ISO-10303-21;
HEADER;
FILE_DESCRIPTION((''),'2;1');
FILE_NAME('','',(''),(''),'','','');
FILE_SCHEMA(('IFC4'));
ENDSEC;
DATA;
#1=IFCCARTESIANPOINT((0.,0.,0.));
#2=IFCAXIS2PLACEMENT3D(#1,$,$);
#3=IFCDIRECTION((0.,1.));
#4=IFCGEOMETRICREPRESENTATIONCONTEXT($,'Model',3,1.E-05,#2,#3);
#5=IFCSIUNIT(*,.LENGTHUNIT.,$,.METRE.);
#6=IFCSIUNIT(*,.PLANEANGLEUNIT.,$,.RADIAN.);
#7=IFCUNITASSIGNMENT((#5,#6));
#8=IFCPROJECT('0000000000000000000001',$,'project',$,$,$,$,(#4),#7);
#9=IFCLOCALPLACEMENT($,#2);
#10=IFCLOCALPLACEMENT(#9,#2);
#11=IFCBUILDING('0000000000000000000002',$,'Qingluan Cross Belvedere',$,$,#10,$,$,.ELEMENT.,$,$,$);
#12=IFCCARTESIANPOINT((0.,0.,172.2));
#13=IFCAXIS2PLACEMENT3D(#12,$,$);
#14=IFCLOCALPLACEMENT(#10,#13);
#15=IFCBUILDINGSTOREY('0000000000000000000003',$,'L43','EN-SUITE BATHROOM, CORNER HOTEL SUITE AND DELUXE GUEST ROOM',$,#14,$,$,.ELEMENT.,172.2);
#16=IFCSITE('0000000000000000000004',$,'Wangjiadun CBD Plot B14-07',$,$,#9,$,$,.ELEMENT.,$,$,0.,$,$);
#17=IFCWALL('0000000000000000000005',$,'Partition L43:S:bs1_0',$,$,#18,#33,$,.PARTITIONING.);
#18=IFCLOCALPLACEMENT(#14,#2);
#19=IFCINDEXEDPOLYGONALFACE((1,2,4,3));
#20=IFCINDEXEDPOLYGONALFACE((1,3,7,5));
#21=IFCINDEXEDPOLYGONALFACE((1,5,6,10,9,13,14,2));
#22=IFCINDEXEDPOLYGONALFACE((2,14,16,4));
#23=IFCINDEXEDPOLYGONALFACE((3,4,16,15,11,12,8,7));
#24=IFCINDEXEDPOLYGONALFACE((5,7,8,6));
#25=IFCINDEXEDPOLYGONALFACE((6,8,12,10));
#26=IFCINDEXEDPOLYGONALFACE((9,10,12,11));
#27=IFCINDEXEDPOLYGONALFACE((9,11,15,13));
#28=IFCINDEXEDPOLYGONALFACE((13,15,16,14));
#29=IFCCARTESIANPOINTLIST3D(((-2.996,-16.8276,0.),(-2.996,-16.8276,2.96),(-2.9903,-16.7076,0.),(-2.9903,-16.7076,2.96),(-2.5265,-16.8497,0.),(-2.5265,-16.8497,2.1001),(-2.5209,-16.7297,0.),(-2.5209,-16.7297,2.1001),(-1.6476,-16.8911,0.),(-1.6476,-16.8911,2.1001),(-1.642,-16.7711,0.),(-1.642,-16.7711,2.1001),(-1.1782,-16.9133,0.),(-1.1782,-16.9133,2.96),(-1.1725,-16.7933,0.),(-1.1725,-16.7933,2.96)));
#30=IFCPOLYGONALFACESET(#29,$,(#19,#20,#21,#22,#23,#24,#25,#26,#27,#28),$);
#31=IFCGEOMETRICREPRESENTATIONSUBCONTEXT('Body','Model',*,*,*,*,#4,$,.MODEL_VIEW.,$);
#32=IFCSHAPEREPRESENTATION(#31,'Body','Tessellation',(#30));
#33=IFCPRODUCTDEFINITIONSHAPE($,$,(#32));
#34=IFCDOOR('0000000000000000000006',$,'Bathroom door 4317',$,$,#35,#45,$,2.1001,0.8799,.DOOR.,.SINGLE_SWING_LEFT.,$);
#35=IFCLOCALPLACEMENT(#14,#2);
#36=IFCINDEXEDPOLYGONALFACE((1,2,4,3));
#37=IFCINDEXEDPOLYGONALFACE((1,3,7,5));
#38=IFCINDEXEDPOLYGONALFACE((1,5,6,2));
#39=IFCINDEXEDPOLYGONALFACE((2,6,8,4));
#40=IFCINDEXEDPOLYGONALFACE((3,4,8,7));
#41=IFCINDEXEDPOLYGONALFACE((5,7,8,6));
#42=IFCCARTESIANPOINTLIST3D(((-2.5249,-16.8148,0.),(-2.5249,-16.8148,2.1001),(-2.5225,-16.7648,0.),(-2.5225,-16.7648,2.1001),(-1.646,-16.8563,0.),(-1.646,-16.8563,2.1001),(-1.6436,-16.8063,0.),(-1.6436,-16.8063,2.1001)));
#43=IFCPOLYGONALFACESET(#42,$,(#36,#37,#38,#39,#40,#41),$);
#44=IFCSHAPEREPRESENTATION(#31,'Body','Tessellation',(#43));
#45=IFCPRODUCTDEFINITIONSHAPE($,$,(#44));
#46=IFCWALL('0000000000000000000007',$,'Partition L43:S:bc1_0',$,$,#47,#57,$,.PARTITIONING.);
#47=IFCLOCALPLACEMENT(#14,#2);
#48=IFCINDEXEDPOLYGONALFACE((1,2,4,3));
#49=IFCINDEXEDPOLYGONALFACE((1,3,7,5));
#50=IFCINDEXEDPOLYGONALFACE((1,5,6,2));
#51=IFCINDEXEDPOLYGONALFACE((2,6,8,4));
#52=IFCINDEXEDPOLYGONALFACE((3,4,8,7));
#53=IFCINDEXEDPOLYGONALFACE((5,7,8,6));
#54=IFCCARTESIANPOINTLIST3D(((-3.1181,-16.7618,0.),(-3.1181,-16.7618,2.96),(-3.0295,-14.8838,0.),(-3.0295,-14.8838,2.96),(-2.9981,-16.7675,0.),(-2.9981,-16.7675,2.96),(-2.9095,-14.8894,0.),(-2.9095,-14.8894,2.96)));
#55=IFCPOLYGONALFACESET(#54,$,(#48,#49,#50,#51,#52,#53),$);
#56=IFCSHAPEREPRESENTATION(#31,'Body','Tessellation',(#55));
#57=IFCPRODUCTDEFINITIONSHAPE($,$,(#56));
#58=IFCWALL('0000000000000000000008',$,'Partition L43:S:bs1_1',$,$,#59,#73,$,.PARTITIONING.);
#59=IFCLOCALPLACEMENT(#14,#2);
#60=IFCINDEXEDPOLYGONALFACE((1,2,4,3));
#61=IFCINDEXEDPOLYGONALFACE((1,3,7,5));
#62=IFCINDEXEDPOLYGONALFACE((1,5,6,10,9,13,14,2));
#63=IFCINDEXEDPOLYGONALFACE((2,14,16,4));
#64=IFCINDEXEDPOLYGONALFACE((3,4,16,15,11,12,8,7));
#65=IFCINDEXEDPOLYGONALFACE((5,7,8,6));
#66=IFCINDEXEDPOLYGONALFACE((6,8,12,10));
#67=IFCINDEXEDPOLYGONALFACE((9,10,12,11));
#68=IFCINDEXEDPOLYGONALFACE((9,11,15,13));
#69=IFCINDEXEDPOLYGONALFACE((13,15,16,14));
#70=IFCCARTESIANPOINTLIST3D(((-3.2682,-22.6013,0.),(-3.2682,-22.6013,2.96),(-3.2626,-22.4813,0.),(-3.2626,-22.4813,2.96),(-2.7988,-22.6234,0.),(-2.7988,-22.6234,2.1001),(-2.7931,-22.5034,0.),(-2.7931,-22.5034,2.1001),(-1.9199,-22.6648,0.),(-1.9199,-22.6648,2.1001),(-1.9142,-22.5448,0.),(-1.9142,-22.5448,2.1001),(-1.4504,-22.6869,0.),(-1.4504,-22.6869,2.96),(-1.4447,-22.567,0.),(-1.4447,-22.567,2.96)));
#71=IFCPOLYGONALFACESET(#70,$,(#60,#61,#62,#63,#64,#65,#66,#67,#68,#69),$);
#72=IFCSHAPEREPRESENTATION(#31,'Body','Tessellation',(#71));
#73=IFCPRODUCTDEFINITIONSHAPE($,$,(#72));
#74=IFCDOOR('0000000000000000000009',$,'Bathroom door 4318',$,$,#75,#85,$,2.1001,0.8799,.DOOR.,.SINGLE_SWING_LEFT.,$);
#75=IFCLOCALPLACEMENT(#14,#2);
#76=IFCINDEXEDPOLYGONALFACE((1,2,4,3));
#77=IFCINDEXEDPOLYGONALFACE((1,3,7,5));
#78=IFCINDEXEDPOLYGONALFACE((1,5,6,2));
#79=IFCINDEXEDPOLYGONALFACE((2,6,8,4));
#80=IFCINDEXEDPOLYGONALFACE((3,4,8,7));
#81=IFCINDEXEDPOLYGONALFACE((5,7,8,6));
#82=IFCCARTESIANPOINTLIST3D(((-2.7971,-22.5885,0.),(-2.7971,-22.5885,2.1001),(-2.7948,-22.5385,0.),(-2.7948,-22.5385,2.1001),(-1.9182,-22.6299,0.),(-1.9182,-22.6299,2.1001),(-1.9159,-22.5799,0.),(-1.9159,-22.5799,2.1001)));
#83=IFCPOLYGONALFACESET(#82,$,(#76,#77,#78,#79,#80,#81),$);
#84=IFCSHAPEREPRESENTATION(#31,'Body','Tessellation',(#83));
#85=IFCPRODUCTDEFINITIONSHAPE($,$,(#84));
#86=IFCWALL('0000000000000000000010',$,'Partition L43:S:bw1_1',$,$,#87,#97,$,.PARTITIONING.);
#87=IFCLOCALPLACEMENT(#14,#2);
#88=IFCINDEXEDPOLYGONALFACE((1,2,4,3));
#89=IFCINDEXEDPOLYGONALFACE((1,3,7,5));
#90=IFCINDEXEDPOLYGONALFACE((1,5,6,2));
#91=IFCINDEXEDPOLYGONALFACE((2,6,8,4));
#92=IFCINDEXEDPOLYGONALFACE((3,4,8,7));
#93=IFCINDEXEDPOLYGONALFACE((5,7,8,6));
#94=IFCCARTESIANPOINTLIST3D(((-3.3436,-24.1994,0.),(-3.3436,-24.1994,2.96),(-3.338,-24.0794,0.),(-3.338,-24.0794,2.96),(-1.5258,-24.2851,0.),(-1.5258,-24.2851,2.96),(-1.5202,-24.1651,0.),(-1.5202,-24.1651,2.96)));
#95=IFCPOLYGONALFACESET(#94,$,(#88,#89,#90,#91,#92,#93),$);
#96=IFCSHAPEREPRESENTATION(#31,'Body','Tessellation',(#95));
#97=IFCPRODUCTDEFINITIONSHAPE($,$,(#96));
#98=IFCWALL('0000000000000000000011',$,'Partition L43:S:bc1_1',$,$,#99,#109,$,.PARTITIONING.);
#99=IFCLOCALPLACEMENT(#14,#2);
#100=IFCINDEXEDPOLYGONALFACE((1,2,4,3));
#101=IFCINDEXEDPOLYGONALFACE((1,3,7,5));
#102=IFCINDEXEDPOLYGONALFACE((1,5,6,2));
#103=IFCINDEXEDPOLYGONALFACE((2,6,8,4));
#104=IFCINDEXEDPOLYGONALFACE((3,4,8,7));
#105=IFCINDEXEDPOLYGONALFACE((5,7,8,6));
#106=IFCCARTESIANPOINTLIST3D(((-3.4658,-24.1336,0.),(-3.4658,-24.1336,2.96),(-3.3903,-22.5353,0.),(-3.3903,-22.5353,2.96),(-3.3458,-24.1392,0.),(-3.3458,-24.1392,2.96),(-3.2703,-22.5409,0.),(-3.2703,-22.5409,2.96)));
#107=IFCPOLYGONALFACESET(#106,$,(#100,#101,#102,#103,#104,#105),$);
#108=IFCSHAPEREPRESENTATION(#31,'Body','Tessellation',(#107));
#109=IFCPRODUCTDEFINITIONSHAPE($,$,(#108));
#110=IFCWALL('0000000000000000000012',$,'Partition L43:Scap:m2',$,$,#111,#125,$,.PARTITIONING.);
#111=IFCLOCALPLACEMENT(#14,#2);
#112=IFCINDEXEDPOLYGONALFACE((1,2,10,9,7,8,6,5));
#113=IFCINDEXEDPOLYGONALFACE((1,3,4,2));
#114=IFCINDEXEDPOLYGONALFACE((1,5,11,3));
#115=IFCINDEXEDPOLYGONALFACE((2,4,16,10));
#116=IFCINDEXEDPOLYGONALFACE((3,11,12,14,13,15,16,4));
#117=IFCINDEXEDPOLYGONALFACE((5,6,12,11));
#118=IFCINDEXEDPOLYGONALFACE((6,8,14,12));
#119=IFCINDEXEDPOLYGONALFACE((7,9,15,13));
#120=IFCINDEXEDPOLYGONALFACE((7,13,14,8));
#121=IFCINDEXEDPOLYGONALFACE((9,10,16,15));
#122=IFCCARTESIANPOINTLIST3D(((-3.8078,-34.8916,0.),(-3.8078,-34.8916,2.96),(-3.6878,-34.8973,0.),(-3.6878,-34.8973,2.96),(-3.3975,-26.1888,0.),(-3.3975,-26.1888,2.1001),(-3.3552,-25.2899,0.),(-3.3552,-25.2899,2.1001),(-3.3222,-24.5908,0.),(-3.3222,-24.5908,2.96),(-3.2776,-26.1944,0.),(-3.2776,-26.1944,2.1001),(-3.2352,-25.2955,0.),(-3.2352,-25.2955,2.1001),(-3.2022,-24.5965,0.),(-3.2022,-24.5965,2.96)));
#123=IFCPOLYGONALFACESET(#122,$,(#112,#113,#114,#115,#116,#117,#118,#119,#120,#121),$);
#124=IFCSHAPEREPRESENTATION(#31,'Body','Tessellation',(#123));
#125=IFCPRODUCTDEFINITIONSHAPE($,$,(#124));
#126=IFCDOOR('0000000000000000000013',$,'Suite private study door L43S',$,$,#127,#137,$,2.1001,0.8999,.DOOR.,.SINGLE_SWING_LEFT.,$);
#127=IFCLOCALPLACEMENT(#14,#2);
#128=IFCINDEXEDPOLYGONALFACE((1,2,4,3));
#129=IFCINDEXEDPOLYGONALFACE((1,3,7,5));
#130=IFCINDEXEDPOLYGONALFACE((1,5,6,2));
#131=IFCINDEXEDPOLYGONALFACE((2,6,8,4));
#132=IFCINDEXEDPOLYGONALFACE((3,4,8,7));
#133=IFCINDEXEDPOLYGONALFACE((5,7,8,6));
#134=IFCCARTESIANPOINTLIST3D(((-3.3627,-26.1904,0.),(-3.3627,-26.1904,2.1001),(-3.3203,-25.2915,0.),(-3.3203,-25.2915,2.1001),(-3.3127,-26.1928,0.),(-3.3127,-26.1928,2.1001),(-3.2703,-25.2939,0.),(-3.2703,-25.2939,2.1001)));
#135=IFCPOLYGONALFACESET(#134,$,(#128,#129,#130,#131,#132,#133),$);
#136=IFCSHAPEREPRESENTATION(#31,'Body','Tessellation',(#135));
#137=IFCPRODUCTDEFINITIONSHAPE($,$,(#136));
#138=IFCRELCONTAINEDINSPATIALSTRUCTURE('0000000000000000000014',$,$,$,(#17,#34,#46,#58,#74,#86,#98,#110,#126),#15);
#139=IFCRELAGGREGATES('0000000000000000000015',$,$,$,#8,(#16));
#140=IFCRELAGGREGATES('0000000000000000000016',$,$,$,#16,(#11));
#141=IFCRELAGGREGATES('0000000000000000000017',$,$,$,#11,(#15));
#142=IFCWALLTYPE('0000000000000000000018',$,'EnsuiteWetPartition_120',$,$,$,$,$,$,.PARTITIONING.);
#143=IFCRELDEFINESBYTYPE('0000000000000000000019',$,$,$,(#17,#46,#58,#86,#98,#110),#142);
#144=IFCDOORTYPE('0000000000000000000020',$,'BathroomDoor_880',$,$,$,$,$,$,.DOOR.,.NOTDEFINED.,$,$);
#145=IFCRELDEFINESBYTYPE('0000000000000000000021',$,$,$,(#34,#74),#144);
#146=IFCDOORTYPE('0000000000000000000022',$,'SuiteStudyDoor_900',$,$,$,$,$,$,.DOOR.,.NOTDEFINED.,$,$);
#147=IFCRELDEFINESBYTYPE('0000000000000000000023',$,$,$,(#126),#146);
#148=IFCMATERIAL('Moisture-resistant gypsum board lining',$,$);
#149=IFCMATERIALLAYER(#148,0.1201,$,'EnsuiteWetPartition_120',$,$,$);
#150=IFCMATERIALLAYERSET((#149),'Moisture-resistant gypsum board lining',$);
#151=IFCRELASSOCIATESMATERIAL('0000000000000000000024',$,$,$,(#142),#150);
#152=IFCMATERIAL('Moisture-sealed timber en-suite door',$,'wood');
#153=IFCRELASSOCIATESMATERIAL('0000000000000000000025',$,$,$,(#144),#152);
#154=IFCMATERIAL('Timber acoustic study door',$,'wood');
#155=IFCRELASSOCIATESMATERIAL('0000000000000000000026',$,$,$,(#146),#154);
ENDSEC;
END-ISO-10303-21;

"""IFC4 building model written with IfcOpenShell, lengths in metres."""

from ifc_helpers import new_model, si_unit, direction, frame, frame_2d, origin, place, context, subcontext, project, spatial, rectangle, extrude, material, layer, layer_set, type_object, element, fill, save


model = new_model("IFC4")

# Units and contexts
model_context = context("Model", 3, precision=1e-05, world=origin(), true_north=direction((0.0, 1.0)))
body_context = subcontext(model_context, "Body", "Model", "MODEL_VIEW")
ifc_project = project(units=[si_unit("LENGTHUNIT", "METRE"), si_unit("PLANEANGLEUNIT", "RADIAN")], contexts=[model_context])

# Site, building, storey
site_placement = place(None, origin())
site = spatial("IfcSite", under=ifc_project, at=site_placement, Name="Wangjiadun CBD Plot B14-07", CompositionType="ELEMENT", RefElevation=0.0)
building_placement = place(site_placement, origin())
building = spatial("IfcBuilding", under=site, at=building_placement, Name="Qingluan Cross Belvedere", CompositionType="ELEMENT")
storey_placement = place(building_placement, frame((0.0, 0.0, 172.2)))
storey = spatial("IfcBuildingStorey", under=building, at=storey_placement, Name="L43", Description="EN-SUITE BATHROOM, CORNER HOTEL SUITE AND DELUXE GUEST ROOM", CompositionType="ELEMENT", Elevation=172.2)

# Wall, opening, door
ifc_material_1 = material(Name="Moisture-resistant gypsum board lining")
ifc_layer_1 = layer(ifc_material_1, 0.1201, Name="EnsuiteWetPartition_120")
ifc_layer_set_1 = layer_set([ifc_layer_1], Name="Moisture-resistant gypsum board lining")
wall_type_1 = type_object("IfcWallType", Name="EnsuiteWetPartition_120", PredefinedType="PARTITIONING", material=ifc_layer_set_1)
wall_1_placement = place(storey_placement, frame((-2.9932, -16.7676, 0.0), z_axis=(0.0, 0.0, 1.0), x_axis=(0.998891, -0.047087, 0.0)))
wall_1 = element("IfcWall", 1, at=wall_1_placement, inside=storey, type_object=wall_type_1, Name="Partition L43:S:bs1_0", PredefinedType="PARTITIONING", context=body_context, shape_type="SweptSolid", body=[
    extrude(rectangle(XDim=1.8198, YDim=0.1201, at=frame_2d((0.9099, 0.0))), origin(), (0.0, 0.0, 1.0), 2.96),
])
opening_1_placement = place(wall_1_placement, frame((0.47, 0.0, 0.0)))
opening_1 = element("IfcOpeningElement", 2, at=opening_1_placement, cuts=wall_1, PredefinedType="OPENING", context=body_context, shape_type="SweptSolid", body=[
    extrude(rectangle(XDim=0.8799, YDim=2.1001, at=frame_2d((0.4399, 1.05))), frame((0.0, 0.0701, 0.0), z_axis=(0.0, -1.0, 0.0), x_axis=(1.0, 0.0, 0.0)), (0.0, 0.0, 1.0), 0.1401),
])
ifc_material_2 = material(Name="Moisture-sealed timber en-suite door", Category="wood")
door_type_1 = type_object("IfcDoorType", Name="BathroomDoor_880", OperationType="NOTDEFINED", PredefinedType="DOOR", material=ifc_material_2)
door_1_placement = place(opening_1_placement, origin())
door_1 = element("IfcDoor", 3, at=door_1_placement, inside=storey, type_object=door_type_1, Name="Bathroom door 4317", OperationType="SINGLE_SWING_LEFT", OverallHeight=2.1001, OverallWidth=0.8799, PredefinedType="DOOR", context=body_context, shape_type="SweptSolid", body=[
    extrude(rectangle(XDim=0.8799, YDim=2.1001, at=frame_2d((0.4399, 1.05))), frame((0.0, 0.0249, 0.0), z_axis=(0.0, -1.0, 0.0), x_axis=(1.0, 0.0, 0.0)), (0.0, 0.0, 1.0), 0.05),
])
fill(opening_1, door_1)

# Wall
wall_2_placement = place(storey_placement, frame((-2.9695, -14.8867, 0.0), z_axis=(0.0, 0.0, 1.0), x_axis=(-0.047139, -0.998888, 0.0)))
element("IfcWall", 4, at=wall_2_placement, inside=storey, type_object=wall_type_1, Name="Partition L43:S:bc1_0", PredefinedType="PARTITIONING", context=body_context, shape_type="SweptSolid", body=[
    extrude(rectangle(XDim=1.8801, YDim=0.1201, at=frame_2d((0.9399, 0.0))), origin(), (0.0, 0.0, 1.0), 2.96),
])

# Wall, opening, door
wall_3_placement = place(storey_placement, frame((-3.2654, -22.5413, 0.0), z_axis=(0.0, 0.0, 1.0), x_axis=(0.998891, -0.047087, 0.0)))
wall_3 = element("IfcWall", 5, at=wall_3_placement, inside=storey, type_object=wall_type_1, Name="Partition L43:S:bs1_1", PredefinedType="PARTITIONING", context=body_context, shape_type="SweptSolid", body=[
    extrude(rectangle(XDim=1.8198, YDim=0.1201, at=frame_2d((0.9099, 0.0))), origin(), (0.0, 0.0, 1.0), 2.96),
])
opening_2_placement = place(wall_3_placement, frame((0.47, 0.0, 0.0)))
opening_2 = element("IfcOpeningElement", 6, at=opening_2_placement, cuts=wall_3, PredefinedType="OPENING", context=body_context, shape_type="SweptSolid", body=[
    extrude(rectangle(XDim=0.8799, YDim=2.1001, at=frame_2d((0.4399, 1.05))), frame((0.0, 0.0701, 0.0), z_axis=(0.0, -1.0, 0.0), x_axis=(1.0, 0.0, 0.0)), (0.0, 0.0, 1.0), 0.1401),
])
door_2_placement = place(opening_2_placement, origin())
door_2 = element("IfcDoor", 7, at=door_2_placement, inside=storey, type_object=door_type_1, Name="Bathroom door 4318", OperationType="SINGLE_SWING_LEFT", OverallHeight=2.1001, OverallWidth=0.8799, PredefinedType="DOOR", context=body_context, shape_type="SweptSolid", body=[
    extrude(rectangle(XDim=0.8799, YDim=2.1001, at=frame_2d((0.4399, 1.05))), frame((0.0, 0.0249, 0.0), z_axis=(0.0, -1.0, 0.0), x_axis=(1.0, 0.0, 0.0)), (0.0, 0.0, 1.0), 0.05),
])
fill(opening_2, door_2)

# Walls
wall_4_placement = place(storey_placement, frame((-3.3408, -24.1394, 0.0), z_axis=(0.0, 0.0, 1.0), x_axis=(0.998891, -0.047087, 0.0)))
element("IfcWall", 8, at=wall_4_placement, inside=storey, type_object=wall_type_1, Name="Partition L43:S:bw1_1", PredefinedType="PARTITIONING", context=body_context, shape_type="SweptSolid", body=[
    extrude(rectangle(XDim=1.8198, YDim=0.1201, at=frame_2d((0.9099, 0.0))), origin(), (0.0, 0.0, 1.0), 2.96),
])
wall_5_placement = place(storey_placement, frame((-3.3303, -22.5381, 0.0), z_axis=(0.0, 0.0, 1.0), x_axis=(-0.047145, -0.998888, 0.0)))
element("IfcWall", 9, at=wall_5_placement, inside=storey, type_object=wall_type_1, Name="Partition L43:S:bc1_1", PredefinedType="PARTITIONING", context=body_context, shape_type="SweptSolid", body=[
    extrude(rectangle(XDim=1.6001, YDim=0.1201, at=frame_2d((0.8, 0.0))), origin(), (0.0, 0.0, 1.0), 2.96),
])

# Wall, opening, door
wall_6_placement = place(storey_placement, frame((-3.2622, -24.5935, 0.0), z_axis=(0.0, 0.0, 1.0), x_axis=(-0.047089, -0.998891, 0.0)))
wall_6 = element("IfcWall", 10, at=wall_6_placement, inside=storey, type_object=wall_type_1, Name="Partition L43:Scap:m2", PredefinedType="PARTITIONING", context=body_context, shape_type="SweptSolid", body=[
    extrude(rectangle(XDim=10.3123, YDim=0.1201, at=frame_2d((5.1562, 0.0))), origin(), (0.0, 0.0, 1.0), 2.96),
])
opening_3_placement = place(wall_6_placement, frame((0.7, 0.0, 0.0)))
opening_3 = element("IfcOpeningElement", 11, at=opening_3_placement, cuts=wall_6, PredefinedType="OPENING", context=body_context, shape_type="SweptSolid", body=[
    extrude(rectangle(XDim=0.8999, YDim=2.1001, at=frame_2d((0.45, 1.05))), frame((0.0, 0.0701, 0.0), z_axis=(0.0, -1.0, 0.0), x_axis=(1.0, 0.0, 0.0)), (0.0, 0.0, 1.0), 0.1401),
])
ifc_material_3 = material(Name="Timber acoustic study door", Category="wood")
door_type_2 = type_object("IfcDoorType", Name="SuiteStudyDoor_900", OperationType="NOTDEFINED", PredefinedType="DOOR", material=ifc_material_3)
door_3_placement = place(opening_3_placement, origin())
door_3 = element("IfcDoor", 12, at=door_3_placement, inside=storey, type_object=door_type_2, Name="Suite private study door L43S", OperationType="SINGLE_SWING_LEFT", OverallHeight=2.1001, OverallWidth=0.8999, PredefinedType="DOOR", context=body_context, shape_type="SweptSolid", body=[
    extrude(rectangle(XDim=0.8999, YDim=2.1001, at=frame_2d((0.45, 1.05))), frame((0.0, 0.0249, 0.0), z_axis=(0.0, -1.0, 0.0), x_axis=(1.0, 0.0, 0.0)), (0.0, 0.0, 1.0), 0.05),
])
fill(opening_3, door_3)

save(model, "model.ifc")
